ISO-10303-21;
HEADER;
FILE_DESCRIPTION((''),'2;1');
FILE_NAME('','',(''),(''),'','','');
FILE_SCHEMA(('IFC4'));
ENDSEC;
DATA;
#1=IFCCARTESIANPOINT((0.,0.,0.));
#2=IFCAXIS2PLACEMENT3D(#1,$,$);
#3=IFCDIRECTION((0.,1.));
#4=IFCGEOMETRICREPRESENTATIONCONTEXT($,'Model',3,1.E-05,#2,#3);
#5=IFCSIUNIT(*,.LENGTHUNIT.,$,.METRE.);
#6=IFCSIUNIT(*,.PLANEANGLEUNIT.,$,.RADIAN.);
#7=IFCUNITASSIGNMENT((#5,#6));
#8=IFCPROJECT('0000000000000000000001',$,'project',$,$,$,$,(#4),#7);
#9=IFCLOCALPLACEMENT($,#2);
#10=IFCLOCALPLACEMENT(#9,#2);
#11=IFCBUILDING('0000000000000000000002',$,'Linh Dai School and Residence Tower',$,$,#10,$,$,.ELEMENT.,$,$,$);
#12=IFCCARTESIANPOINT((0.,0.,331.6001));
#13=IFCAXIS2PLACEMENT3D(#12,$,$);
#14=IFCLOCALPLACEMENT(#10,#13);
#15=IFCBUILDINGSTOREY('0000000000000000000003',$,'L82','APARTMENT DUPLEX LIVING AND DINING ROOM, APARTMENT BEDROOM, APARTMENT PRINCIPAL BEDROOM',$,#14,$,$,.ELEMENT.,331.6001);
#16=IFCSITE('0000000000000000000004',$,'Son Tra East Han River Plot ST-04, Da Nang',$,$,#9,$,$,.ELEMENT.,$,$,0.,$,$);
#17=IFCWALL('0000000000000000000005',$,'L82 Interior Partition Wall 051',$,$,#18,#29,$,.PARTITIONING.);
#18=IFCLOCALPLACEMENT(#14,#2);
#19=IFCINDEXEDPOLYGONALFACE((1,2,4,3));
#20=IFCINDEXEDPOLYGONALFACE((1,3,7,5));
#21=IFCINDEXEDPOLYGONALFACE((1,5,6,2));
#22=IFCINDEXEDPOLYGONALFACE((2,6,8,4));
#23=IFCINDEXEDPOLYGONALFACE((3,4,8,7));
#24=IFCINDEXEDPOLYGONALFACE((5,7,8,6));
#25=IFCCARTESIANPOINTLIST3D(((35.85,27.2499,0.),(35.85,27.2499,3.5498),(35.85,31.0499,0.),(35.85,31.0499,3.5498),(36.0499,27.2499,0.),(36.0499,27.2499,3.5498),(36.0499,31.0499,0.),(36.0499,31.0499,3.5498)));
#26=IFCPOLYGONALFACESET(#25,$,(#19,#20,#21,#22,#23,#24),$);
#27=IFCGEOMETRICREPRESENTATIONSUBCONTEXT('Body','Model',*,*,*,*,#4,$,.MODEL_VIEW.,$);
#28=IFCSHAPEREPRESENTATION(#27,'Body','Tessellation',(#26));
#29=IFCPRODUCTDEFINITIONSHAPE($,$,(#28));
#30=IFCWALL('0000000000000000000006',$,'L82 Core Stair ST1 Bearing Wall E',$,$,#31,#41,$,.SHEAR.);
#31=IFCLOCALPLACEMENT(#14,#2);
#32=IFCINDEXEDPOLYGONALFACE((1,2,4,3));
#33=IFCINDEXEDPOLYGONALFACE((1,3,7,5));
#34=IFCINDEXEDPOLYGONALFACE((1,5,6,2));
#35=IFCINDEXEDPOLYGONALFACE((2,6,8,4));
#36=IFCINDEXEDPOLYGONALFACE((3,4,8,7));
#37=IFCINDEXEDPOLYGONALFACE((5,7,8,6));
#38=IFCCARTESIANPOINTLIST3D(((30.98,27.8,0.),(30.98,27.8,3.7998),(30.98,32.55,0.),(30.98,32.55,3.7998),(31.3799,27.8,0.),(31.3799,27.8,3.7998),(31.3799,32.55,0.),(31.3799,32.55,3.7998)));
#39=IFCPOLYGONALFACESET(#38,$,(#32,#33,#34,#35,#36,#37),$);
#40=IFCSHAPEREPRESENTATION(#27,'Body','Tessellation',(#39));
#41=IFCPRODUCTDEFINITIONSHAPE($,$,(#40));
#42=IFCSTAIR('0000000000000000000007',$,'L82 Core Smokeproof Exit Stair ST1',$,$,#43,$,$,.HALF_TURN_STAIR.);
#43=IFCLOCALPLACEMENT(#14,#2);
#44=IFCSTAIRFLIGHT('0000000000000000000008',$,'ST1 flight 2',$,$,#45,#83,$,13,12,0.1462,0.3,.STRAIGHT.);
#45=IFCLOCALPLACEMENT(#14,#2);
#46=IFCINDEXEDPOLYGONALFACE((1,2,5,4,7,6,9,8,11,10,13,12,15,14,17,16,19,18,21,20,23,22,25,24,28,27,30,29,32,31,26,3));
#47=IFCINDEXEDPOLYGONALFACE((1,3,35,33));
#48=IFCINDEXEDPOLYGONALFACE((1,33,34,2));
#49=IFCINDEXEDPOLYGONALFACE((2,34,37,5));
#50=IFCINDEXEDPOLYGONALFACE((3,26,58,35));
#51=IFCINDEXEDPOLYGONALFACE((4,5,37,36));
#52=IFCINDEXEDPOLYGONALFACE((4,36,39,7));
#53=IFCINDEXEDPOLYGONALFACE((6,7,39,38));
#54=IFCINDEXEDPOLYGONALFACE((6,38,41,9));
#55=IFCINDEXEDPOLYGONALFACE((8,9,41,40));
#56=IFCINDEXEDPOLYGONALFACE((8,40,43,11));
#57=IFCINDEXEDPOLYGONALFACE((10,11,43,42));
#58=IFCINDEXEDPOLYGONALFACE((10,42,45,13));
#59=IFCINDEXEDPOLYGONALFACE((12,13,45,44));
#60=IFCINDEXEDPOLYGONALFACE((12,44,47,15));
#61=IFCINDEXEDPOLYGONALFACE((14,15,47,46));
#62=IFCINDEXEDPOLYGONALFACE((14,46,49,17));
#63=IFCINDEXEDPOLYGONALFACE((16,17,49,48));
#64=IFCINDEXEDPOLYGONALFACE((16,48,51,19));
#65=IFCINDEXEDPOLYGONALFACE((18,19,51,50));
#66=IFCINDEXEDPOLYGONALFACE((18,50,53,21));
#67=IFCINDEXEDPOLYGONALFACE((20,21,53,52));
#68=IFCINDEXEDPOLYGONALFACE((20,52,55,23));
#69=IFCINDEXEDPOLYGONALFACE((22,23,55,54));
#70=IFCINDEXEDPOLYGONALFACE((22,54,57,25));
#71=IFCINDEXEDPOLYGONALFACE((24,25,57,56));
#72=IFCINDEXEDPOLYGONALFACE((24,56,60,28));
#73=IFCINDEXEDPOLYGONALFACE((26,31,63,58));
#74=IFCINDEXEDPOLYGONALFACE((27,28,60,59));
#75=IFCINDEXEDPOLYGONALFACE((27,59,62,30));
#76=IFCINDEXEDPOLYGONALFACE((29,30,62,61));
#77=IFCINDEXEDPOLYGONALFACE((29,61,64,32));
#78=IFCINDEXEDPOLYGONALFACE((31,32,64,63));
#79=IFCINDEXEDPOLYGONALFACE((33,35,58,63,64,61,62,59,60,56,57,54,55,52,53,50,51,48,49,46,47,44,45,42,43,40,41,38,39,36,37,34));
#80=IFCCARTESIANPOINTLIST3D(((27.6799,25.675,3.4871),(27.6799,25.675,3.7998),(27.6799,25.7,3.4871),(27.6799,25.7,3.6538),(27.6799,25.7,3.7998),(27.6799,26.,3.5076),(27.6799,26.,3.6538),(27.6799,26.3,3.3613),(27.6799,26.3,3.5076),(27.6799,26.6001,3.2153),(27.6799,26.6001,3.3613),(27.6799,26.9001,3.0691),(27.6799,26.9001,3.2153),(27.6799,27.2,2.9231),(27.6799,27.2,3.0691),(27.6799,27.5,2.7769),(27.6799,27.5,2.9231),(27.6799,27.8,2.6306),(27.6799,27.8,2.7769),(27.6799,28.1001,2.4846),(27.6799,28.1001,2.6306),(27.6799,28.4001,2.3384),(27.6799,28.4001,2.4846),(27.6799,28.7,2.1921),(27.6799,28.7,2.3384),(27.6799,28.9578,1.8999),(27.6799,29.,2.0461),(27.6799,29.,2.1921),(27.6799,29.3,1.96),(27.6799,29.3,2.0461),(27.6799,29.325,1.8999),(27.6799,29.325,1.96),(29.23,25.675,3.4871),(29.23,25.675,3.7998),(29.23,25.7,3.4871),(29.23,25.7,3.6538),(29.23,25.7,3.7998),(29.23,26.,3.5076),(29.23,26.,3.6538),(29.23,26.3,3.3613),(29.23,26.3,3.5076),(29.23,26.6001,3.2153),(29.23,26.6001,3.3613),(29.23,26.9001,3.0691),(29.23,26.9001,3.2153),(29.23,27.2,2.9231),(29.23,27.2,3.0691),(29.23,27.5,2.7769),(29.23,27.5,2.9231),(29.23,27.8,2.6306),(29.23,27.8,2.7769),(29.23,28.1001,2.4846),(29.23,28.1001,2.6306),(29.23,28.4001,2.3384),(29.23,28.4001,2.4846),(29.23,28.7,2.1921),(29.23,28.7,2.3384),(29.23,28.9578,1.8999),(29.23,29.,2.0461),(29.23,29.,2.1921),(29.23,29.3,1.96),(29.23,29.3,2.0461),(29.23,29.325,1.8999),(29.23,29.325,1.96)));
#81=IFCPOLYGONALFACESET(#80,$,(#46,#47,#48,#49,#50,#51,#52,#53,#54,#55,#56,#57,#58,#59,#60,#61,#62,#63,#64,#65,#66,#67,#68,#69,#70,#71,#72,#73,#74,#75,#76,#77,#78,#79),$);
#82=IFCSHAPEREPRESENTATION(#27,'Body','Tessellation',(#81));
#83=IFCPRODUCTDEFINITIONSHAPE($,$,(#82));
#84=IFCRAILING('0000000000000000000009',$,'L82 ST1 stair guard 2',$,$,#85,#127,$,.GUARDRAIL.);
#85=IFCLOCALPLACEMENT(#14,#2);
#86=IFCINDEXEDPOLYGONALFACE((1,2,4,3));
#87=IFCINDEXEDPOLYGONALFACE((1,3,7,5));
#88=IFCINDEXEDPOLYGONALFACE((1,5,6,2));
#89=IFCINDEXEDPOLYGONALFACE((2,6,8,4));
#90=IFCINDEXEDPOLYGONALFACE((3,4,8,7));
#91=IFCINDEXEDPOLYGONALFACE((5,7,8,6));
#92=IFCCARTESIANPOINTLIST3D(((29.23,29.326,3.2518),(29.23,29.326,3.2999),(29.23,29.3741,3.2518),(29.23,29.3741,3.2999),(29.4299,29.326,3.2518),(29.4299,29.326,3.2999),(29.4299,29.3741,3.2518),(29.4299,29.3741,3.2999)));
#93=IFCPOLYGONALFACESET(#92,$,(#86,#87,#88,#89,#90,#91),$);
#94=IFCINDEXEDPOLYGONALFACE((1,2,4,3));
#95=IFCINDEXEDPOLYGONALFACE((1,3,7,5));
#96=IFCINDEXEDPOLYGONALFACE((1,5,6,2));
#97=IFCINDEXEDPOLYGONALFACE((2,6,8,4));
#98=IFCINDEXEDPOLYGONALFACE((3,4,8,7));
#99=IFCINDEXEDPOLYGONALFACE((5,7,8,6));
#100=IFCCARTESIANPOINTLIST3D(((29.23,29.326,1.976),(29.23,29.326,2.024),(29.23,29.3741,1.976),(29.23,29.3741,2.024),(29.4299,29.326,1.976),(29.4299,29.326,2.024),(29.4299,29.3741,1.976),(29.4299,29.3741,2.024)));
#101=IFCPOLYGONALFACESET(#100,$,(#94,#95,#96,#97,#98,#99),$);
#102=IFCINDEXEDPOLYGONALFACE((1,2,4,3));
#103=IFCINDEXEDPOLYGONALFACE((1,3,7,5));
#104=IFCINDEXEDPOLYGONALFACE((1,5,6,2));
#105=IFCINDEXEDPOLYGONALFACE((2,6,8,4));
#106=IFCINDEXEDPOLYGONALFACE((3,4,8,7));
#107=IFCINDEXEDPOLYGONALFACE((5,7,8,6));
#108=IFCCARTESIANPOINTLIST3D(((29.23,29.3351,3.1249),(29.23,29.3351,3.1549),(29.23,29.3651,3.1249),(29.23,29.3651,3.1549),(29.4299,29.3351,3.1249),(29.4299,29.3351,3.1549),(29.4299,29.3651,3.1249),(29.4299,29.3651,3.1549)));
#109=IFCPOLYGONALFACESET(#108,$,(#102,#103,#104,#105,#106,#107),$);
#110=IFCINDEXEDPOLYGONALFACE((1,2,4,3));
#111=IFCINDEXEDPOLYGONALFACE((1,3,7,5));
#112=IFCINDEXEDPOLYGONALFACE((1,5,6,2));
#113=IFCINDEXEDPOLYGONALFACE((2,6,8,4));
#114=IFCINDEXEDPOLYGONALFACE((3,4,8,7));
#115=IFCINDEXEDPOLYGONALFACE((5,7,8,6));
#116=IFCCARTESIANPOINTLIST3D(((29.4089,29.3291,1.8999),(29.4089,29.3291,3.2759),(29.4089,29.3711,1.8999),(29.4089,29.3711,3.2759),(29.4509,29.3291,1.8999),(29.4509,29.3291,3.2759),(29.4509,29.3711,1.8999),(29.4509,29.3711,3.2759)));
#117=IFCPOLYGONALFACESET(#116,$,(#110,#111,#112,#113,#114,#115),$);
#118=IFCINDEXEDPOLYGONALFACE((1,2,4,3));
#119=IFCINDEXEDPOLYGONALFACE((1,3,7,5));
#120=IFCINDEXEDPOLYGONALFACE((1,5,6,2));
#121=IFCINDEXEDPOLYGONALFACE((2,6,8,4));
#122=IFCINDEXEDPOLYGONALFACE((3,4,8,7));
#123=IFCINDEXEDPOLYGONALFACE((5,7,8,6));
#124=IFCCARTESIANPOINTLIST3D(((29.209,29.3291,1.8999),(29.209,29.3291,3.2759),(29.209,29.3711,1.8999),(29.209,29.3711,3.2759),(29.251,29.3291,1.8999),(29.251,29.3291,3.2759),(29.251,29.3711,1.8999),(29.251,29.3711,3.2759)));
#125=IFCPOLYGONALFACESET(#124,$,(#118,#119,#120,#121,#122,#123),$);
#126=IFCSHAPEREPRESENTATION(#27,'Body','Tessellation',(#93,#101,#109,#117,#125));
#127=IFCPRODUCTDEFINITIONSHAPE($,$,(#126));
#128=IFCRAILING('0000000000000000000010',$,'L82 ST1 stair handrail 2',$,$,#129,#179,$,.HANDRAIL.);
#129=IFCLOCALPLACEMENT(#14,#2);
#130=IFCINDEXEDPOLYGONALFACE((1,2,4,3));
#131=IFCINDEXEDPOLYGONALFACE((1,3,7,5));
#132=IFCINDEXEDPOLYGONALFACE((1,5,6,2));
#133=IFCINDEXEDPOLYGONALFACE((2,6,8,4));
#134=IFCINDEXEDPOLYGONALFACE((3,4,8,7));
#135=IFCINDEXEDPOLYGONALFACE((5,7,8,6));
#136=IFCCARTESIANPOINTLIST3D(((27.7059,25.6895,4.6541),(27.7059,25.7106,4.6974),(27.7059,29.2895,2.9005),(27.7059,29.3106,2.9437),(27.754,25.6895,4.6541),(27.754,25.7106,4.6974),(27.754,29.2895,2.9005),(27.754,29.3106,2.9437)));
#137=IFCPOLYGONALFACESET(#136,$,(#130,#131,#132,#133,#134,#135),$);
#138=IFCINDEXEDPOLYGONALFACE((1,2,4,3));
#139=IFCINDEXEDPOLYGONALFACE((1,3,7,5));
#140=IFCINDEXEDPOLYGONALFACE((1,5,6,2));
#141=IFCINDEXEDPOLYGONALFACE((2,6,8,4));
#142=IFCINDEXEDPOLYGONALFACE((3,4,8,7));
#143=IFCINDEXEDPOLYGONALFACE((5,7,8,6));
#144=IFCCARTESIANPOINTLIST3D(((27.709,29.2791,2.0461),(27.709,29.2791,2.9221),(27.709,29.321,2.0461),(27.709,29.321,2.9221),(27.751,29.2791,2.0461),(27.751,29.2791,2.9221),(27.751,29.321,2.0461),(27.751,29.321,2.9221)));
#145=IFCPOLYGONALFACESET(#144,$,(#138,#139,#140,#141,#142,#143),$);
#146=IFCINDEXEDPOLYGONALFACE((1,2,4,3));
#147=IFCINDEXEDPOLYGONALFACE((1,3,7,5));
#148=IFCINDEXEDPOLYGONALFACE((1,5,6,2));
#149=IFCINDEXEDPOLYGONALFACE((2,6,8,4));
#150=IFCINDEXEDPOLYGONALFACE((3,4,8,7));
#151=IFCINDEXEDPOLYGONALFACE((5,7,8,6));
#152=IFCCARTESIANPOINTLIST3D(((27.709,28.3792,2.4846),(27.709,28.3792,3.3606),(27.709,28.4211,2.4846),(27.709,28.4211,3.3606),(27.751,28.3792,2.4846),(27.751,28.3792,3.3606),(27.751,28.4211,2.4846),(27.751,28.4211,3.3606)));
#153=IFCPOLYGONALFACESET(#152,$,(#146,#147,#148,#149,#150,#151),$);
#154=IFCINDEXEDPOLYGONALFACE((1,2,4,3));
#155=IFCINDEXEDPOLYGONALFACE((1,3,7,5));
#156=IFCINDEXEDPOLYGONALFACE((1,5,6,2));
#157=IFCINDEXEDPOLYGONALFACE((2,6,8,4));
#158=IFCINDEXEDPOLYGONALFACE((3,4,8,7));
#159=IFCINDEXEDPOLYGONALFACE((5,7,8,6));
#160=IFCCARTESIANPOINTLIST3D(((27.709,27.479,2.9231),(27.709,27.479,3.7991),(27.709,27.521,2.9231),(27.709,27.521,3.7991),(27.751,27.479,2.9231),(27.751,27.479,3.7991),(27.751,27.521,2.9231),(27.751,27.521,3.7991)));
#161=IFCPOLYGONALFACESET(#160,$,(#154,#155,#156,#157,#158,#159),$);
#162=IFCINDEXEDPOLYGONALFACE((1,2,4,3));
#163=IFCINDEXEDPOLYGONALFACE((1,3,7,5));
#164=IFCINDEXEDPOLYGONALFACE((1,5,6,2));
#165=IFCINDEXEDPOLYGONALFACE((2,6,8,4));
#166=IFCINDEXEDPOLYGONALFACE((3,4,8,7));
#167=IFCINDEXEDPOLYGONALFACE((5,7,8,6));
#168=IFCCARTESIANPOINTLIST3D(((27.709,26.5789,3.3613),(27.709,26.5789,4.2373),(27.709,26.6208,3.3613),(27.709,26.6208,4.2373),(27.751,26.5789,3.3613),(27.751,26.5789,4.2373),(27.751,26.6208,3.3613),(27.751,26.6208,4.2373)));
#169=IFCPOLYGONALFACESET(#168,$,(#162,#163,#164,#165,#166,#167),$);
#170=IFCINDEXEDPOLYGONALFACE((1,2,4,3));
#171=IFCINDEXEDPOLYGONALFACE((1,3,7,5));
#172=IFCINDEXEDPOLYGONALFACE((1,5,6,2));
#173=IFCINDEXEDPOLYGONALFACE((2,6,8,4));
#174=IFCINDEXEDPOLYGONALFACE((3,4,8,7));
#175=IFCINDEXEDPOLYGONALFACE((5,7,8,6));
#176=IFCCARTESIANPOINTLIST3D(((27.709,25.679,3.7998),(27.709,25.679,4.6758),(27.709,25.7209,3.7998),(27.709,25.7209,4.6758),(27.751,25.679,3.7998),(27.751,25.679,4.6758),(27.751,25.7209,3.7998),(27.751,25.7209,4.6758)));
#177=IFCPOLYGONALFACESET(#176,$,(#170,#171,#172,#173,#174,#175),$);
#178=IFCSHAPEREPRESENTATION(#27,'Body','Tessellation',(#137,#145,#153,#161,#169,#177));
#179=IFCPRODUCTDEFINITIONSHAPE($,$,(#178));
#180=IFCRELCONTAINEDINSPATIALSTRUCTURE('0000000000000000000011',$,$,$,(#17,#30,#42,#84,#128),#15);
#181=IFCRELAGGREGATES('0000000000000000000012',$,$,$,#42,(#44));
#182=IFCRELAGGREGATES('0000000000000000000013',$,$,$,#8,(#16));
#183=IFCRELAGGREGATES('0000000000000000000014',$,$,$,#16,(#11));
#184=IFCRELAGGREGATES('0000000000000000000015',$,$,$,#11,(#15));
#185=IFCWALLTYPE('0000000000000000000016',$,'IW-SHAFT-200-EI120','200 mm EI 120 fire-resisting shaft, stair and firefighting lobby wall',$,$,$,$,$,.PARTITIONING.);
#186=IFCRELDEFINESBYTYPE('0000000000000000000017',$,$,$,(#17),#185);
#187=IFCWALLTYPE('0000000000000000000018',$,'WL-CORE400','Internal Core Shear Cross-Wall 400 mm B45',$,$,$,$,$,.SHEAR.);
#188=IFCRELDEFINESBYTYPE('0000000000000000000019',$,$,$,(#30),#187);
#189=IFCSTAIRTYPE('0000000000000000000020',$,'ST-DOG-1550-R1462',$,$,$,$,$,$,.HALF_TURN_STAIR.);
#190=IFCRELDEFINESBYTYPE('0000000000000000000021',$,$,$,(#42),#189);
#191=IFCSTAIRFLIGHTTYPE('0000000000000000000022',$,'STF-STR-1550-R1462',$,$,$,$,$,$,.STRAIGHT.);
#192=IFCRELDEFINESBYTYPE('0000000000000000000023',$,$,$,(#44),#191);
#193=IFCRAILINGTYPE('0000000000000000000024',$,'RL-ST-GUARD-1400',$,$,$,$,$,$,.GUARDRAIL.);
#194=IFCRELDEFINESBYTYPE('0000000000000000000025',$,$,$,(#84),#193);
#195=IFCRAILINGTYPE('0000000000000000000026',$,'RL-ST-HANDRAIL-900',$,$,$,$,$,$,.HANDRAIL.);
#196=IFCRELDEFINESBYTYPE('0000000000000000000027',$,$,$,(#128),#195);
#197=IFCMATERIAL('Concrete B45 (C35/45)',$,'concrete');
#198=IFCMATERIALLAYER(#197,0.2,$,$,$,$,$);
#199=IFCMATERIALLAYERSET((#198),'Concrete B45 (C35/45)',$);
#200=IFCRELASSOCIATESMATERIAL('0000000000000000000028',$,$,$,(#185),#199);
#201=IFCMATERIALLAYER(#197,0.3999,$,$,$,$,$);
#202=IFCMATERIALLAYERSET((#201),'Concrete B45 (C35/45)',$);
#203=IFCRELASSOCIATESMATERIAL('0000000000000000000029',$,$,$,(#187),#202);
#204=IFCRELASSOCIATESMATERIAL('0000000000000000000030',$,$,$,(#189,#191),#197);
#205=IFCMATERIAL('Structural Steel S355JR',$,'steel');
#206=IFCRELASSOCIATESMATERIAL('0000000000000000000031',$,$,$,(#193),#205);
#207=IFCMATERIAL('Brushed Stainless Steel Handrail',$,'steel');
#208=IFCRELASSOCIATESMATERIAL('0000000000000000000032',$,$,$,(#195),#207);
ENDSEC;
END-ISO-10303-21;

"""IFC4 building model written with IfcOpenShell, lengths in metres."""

from ifc_helpers import new_model, si_unit, direction, frame, frame_2d, origin, origin_2d, place, context, subcontext, project, spatial, polyline, rectangle, outline, extrude, source, transform, mapped, material, layer, layer_set, type_object, element, aggregate, save


model = new_model("IFC4")

# Units and contexts
model_context = context("Model", 3, precision=1e-05, world=origin(), true_north=direction((0.0, 1.0)))
body_context = subcontext(model_context, "Body", "Model", "MODEL_VIEW")
ifc_project = project(units=[si_unit("LENGTHUNIT", "METRE"), si_unit("PLANEANGLEUNIT", "RADIAN")], contexts=[model_context])

# Site, building, storey
site_placement = place(None, origin())
site = spatial("IfcSite", under=ifc_project, at=site_placement, Name="Son Tra East Han River Plot ST-04, Da Nang", CompositionType="ELEMENT", RefElevation=0.0)
building_placement = place(site_placement, origin())
building = spatial("IfcBuilding", under=site, at=building_placement, Name="Linh Dai School and Residence Tower", CompositionType="ELEMENT")
storey_placement = place(building_placement, frame((0.0, 0.0, 331.6001)))
storey = spatial("IfcBuildingStorey", under=building, at=storey_placement, Name="L82", Description="APARTMENT DUPLEX LIVING AND DINING ROOM, APARTMENT BEDROOM, APARTMENT PRINCIPAL BEDROOM", CompositionType="ELEMENT", Elevation=331.6001)

# Shared definitions
ifc_material_1 = material(Name="Structural Steel S355JR", Category="steel")

# Shared definitions
ifc_material_2 = material(Name="Concrete B45 (C35/45)", Category="concrete")
ifc_layer_1 = layer(ifc_material_2, 0.2)
ifc_layer_set_1 = layer_set([ifc_layer_1], Name="Concrete B45 (C35/45)")
wall_type_1 = type_object("IfcWallType", Name="IW-SHAFT-200-EI120", Description="200 mm EI 120 fire-resisting shaft, stair and firefighting lobby wall", PredefinedType="PARTITIONING", material=ifc_layer_set_1)

# Wall
wall_1_placement = place(storey_placement, frame((35.95, 27.25, 0.0), z_axis=(0.0, 0.0, 1.0), x_axis=(0.0, 1.0, 0.0)))
element("IfcWall", 1, at=wall_1_placement, inside=storey, type_object=wall_type_1, Name="L82 Interior Partition Wall 051", PredefinedType="PARTITIONING", context=body_context, shape_type="SweptSolid", body=[
    extrude(rectangle(XDim=3.8, YDim=0.2, at=frame_2d((1.8999, 0.0))), origin(), (0.0, 0.0, 1.0), 3.5498),
])

# Wall
ifc_layer_2 = layer(ifc_material_2, 0.3999)
ifc_layer_set_2 = layer_set([ifc_layer_2], Name="Concrete B45 (C35/45)")
wall_type_2 = type_object("IfcWallType", Name="WL-CORE400", Description="Internal Core Shear Cross-Wall 400 mm B45", PredefinedType="SHEAR", material=ifc_layer_set_2)
wall_2_placement = place(storey_placement, frame((31.1799, 27.8, 0.0), z_axis=(0.0, 0.0, 1.0), x_axis=(0.0, 1.0, 0.0)))
element("IfcWall", 2, at=wall_2_placement, inside=storey, type_object=wall_type_2, Name="L82 Core Stair ST1 Bearing Wall E", PredefinedType="SHEAR", context=body_context, shape_type="SweptSolid", body=[
    extrude(rectangle(XDim=4.75, YDim=0.3999, at=frame_2d((2.375, 0.0))), origin(), (0.0, 0.0, 1.0), 3.7998),
])

# Stair, stair flight
stair_type = type_object("IfcStairType", Name="ST-DOG-1550-R1462", PredefinedType="HALF_TURN_STAIR", material=ifc_material_2)
stair_placement = place(storey_placement, origin())
stair = element("IfcStair", 3, at=stair_placement, inside=storey, type_object=stair_type, Name="L82 Core Smokeproof Exit Stair ST1", PredefinedType="HALF_TURN_STAIR")
stair_flight_type = type_object("IfcStairFlightType", Name="STF-STR-1550-R1462", PredefinedType="STRAIGHT", material=ifc_material_2)
shared_shape_1 = source(origin(), body_context, "Body", "SweptSolid", [
    extrude(outline(polyline([(-0.0249, 0.0), (-0.0249, 0.0601), (0.0, 0.0601), (0.0, 0.1462), (0.3, 0.1462), (0.3, 0.2922), (0.6001, 0.2922), (0.6001, 0.4385), (0.8999, 0.4385), (0.8999, 0.5847), (1.2, 0.5847), (1.2, 0.7307), (1.5, 0.7307), (1.5, 0.877), (1.8, 0.877), (1.8, 1.0232), (2.1001, 1.0232), (2.1001, 1.1692), (2.3999, 1.1692), (2.3999, 1.3154), (2.7, 1.3154), (2.7, 1.4614), (3.0, 1.4614), (3.0, 1.6077), (3.3, 1.6077), (3.3, 1.7539), (3.6001, 1.7539), (3.6001, 1.8999), (3.625, 1.8999), (3.625, 1.5872), (3.6001, 1.5872), (0.3423, 0.0), (-0.0249, 0.0)])), frame((0.0, 0.7749, 0.0), z_axis=(0.0, -1.0, 0.0), x_axis=(1.0, 0.0, 0.0)), (0.0, 0.0, 1.0), 1.55),
])
stair_flight_placement = place(storey_placement, frame((28.4551, 29.3, 1.8999), z_axis=(0.0, 0.0, 1.0), x_axis=(0.0, -1.0, 0.0)))
stair_flight = element("IfcStairFlight", 4, at=stair_flight_placement, type_object=stair_flight_type, Name="ST1 flight 2", NumberOfRisers=13, NumberOfTreads=12, PredefinedType="STRAIGHT", RiserHeight=0.1462, TreadLength=0.3, context=body_context, shape_type="MappedRepresentation", body=[
    mapped(shared_shape_1, transform((0.0, 0.0, 0.0), x_axis=(1.0, 0.0, 0.0), y_axis=(0.0, 1.0, 0.0), z_axis=(0.0, 0.0, 1.0), scale=1.0)),
])
aggregate(stair, [stair_flight])

# Railings
railing_type_1 = type_object("IfcRailingType", Name="RL-ST-GUARD-1400", PredefinedType="GUARDRAIL", material=ifc_material_1)
shared_shape_2 = source(origin(), body_context, "Body", "SweptSolid", [
    extrude(rectangle(XDim=0.0481, YDim=0.0481, at=origin_2d()), frame((0.0, 0.0, 1.376), z_axis=(-1.0, 0.0, 0.0), x_axis=(0.0, -1.0, 0.0)), (0.0, 0.0, 1.0), 0.2),
    extrude(rectangle(XDim=0.0481, YDim=0.0481, at=origin_2d()), frame((0.0, 0.0, 0.1001), z_axis=(-1.0, 0.0, 0.0), x_axis=(0.0, -1.0, 0.0)), (0.0, 0.0, 1.0), 0.2),
    extrude(rectangle(XDim=0.03, YDim=0.03, at=origin_2d()), frame((0.0, 0.0, 1.24), z_axis=(-1.0, 0.0, 0.0), x_axis=(0.0, -1.0, 0.0)), (0.0, 0.0, 1.0), 0.2),
    extrude(rectangle(XDim=0.042, YDim=0.042, at=origin_2d()), origin(), (0.0, 0.0, 1.0), 1.376),
    extrude(rectangle(XDim=0.042, YDim=0.042, at=origin_2d()), frame((-0.2, 0.0, 0.0)), (0.0, 0.0, 1.0), 1.376),
])
railing_1_placement = place(storey_placement, frame((29.4299, 29.3501, 1.8999)))
element("IfcRailing", 5, at=railing_1_placement, inside=storey, type_object=railing_type_1, Name="L82 ST1 stair guard 2", PredefinedType="GUARDRAIL", context=body_context, shape_type="MappedRepresentation", body=[
    mapped(shared_shape_2, transform((0.0, 0.0, 0.0), x_axis=(1.0, 0.0, 0.0), y_axis=(0.0, 1.0, 0.0), z_axis=(0.0, 0.0, 1.0), scale=1.0)),
])
ifc_material_3 = material(Name="Brushed Stainless Steel Handrail", Category="steel")
railing_type_2 = type_object("IfcRailingType", Name="RL-ST-HANDRAIL-900", PredefinedType="HANDRAIL", material=ifc_material_3)
shared_shape_3 = source(origin(), body_context, "Body", "SweptSolid", [
    extrude(rectangle(XDim=0.0481, YDim=0.0481, at=origin_2d()), frame((0.0, 0.0, 0.876), z_axis=(0.0, -0.899013, 0.437923), x_axis=(1.0, 0.0, 0.0)), (0.0, 0.0, 1.0), 4.0044),
    extrude(rectangle(XDim=0.042, YDim=0.042, at=origin_2d()), origin(), (0.0, 0.0, 1.0), 0.876),
    extrude(rectangle(XDim=0.042, YDim=0.042, at=origin_2d()), frame((0.0, -0.8999, 0.4385)), (0.0, 0.0, 1.0), 0.876),
    extrude(rectangle(XDim=0.042, YDim=0.042, at=origin_2d()), frame((0.0, -1.8, 0.877)), (0.0, 0.0, 1.0), 0.876),
    extrude(rectangle(XDim=0.042, YDim=0.042, at=origin_2d()), frame((0.0, -2.7002, 1.3152)), (0.0, 0.0, 1.0), 0.876),
    extrude(rectangle(XDim=0.042, YDim=0.042, at=origin_2d()), frame((0.0, -3.6001, 1.7537)), (0.0, 0.0, 1.0), 0.876),
])
railing_2_placement = place(storey_placement, frame((27.73, 29.3, 2.0461)))
element("IfcRailing", 6, at=railing_2_placement, inside=storey, type_object=railing_type_2, Name="L82 ST1 stair handrail 2", PredefinedType="HANDRAIL", context=body_context, shape_type="MappedRepresentation", body=[
    mapped(shared_shape_3, transform((0.0, 0.0, 0.0), x_axis=(1.0, 0.0, 0.0), y_axis=(0.0, 1.0, 0.0), z_axis=(0.0, 0.0, 1.0), scale=1.0)),
])

save(model, "model.ifc")
